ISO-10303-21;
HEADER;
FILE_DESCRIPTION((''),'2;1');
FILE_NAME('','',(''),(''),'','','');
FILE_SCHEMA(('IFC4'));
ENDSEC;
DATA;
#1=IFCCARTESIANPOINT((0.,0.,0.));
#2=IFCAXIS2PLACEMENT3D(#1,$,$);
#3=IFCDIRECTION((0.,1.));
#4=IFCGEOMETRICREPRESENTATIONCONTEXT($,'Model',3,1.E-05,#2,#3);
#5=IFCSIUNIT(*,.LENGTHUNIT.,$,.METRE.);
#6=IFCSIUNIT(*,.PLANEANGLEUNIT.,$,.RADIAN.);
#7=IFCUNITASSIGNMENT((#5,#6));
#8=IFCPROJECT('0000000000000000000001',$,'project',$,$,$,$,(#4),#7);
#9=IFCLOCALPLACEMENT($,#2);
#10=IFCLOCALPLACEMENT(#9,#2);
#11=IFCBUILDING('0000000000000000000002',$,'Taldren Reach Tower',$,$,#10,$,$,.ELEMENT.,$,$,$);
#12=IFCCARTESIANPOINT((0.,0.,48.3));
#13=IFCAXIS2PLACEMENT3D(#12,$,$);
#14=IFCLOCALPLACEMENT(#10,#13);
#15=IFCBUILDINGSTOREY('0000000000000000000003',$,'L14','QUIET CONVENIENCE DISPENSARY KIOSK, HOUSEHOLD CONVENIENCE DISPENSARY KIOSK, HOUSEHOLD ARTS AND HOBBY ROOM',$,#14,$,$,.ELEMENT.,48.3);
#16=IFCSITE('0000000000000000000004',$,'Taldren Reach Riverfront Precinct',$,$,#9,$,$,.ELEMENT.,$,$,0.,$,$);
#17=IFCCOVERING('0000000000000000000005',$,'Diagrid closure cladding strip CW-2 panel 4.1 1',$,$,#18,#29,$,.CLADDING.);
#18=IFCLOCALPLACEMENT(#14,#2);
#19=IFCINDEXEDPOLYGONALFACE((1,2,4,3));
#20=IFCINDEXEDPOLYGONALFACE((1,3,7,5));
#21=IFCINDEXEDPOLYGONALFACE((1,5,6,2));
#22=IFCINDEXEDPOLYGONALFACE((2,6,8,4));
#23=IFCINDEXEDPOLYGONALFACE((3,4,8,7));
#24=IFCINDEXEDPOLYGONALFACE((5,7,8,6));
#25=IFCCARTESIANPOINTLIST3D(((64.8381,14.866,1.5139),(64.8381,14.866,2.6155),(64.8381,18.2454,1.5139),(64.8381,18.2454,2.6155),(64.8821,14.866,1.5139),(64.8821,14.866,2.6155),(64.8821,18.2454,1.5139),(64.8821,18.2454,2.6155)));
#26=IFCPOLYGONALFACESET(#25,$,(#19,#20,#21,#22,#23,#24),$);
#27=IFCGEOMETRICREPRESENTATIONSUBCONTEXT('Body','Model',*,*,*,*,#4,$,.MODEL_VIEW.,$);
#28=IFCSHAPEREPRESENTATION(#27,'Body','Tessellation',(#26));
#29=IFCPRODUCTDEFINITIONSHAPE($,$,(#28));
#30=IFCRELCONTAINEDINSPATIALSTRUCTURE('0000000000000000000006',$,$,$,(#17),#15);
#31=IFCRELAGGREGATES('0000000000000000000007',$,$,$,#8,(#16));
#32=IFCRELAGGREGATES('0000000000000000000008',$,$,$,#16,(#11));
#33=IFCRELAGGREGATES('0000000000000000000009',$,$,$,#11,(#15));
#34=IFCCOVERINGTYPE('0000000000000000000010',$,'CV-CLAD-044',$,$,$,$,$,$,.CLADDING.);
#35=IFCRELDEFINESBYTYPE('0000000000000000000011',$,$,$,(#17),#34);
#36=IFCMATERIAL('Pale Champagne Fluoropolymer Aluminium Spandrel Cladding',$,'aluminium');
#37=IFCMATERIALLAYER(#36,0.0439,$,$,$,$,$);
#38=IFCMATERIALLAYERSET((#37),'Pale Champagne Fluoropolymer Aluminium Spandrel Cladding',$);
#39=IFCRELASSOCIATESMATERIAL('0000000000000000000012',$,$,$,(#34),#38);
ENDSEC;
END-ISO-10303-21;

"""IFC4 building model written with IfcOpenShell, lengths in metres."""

from ifc_helpers import new_model, si_unit, direction, frame, origin, origin_2d, place, context, subcontext, project, spatial, rectangle, extrude, source, transform, mapped, material, layer, layer_set, type_object, element, save


model = new_model("IFC4")

# Units and contexts
model_context = context("Model", 3, precision=1e-05, world=origin(), true_north=direction((0.0, 1.0)))
body_context = subcontext(model_context, "Body", "Model", "MODEL_VIEW")
ifc_project = project(units=[si_unit("LENGTHUNIT", "METRE"), si_unit("PLANEANGLEUNIT", "RADIAN")], contexts=[model_context])

# Site, building, storey
site_placement = place(None, origin())
site = spatial("IfcSite", under=ifc_project, at=site_placement, Name="Taldren Reach Riverfront Precinct", CompositionType="ELEMENT", RefElevation=0.0)
building_placement = place(site_placement, origin())
building = spatial("IfcBuilding", under=site, at=building_placement, Name="Taldren Reach Tower", CompositionType="ELEMENT")
storey_placement = place(building_placement, frame((0.0, 0.0, 48.3)))
storey = spatial("IfcBuildingStorey", under=building, at=storey_placement, Name="L14", Description="QUIET CONVENIENCE DISPENSARY KIOSK, HOUSEHOLD CONVENIENCE DISPENSARY KIOSK, HOUSEHOLD ARTS AND HOBBY ROOM", CompositionType="ELEMENT", Elevation=48.3)

# Covering
ifc_material_1 = material(Name="Pale Champagne Fluoropolymer Aluminium Spandrel Cladding", Category="aluminium")
ifc_layer_1 = layer(ifc_material_1, 0.0439)
ifc_layer_set_1 = layer_set([ifc_layer_1], Name="Pale Champagne Fluoropolymer Aluminium Spandrel Cladding")
covering_type = type_object("IfcCoveringType", Name="CV-CLAD-044", PredefinedType="CLADDING", material=ifc_layer_set_1)
shared_shape_1 = source(origin(), body_context, "Body", "SweptSolid", [
    extrude(rectangle(XDim=3.3794, YDim=0.0439, at=origin_2d()), origin(), (0.0, 0.0, 1.0), 1.1016),
])
for number, where, z_axis, x_axis, name in (
    (1, (64.8601, 16.5557, 1.5139), (0.0, 0.0, 1.0), (0.0, 1.0, 0.0), "Diagrid closure cladding strip CW-2 panel 4.1 1"),
):
    element("IfcCovering", number, at=place(storey_placement, frame(where, z_axis=z_axis, x_axis=x_axis)), inside=storey, type_object=covering_type, Name=name, PredefinedType="CLADDING", context=body_context, shape_type="MappedRepresentation", body=[
        mapped(shared_shape_1, transform((0.0, 0.0, 0.0), scale=1.0)),
    ])

save(model, "model.ifc")
